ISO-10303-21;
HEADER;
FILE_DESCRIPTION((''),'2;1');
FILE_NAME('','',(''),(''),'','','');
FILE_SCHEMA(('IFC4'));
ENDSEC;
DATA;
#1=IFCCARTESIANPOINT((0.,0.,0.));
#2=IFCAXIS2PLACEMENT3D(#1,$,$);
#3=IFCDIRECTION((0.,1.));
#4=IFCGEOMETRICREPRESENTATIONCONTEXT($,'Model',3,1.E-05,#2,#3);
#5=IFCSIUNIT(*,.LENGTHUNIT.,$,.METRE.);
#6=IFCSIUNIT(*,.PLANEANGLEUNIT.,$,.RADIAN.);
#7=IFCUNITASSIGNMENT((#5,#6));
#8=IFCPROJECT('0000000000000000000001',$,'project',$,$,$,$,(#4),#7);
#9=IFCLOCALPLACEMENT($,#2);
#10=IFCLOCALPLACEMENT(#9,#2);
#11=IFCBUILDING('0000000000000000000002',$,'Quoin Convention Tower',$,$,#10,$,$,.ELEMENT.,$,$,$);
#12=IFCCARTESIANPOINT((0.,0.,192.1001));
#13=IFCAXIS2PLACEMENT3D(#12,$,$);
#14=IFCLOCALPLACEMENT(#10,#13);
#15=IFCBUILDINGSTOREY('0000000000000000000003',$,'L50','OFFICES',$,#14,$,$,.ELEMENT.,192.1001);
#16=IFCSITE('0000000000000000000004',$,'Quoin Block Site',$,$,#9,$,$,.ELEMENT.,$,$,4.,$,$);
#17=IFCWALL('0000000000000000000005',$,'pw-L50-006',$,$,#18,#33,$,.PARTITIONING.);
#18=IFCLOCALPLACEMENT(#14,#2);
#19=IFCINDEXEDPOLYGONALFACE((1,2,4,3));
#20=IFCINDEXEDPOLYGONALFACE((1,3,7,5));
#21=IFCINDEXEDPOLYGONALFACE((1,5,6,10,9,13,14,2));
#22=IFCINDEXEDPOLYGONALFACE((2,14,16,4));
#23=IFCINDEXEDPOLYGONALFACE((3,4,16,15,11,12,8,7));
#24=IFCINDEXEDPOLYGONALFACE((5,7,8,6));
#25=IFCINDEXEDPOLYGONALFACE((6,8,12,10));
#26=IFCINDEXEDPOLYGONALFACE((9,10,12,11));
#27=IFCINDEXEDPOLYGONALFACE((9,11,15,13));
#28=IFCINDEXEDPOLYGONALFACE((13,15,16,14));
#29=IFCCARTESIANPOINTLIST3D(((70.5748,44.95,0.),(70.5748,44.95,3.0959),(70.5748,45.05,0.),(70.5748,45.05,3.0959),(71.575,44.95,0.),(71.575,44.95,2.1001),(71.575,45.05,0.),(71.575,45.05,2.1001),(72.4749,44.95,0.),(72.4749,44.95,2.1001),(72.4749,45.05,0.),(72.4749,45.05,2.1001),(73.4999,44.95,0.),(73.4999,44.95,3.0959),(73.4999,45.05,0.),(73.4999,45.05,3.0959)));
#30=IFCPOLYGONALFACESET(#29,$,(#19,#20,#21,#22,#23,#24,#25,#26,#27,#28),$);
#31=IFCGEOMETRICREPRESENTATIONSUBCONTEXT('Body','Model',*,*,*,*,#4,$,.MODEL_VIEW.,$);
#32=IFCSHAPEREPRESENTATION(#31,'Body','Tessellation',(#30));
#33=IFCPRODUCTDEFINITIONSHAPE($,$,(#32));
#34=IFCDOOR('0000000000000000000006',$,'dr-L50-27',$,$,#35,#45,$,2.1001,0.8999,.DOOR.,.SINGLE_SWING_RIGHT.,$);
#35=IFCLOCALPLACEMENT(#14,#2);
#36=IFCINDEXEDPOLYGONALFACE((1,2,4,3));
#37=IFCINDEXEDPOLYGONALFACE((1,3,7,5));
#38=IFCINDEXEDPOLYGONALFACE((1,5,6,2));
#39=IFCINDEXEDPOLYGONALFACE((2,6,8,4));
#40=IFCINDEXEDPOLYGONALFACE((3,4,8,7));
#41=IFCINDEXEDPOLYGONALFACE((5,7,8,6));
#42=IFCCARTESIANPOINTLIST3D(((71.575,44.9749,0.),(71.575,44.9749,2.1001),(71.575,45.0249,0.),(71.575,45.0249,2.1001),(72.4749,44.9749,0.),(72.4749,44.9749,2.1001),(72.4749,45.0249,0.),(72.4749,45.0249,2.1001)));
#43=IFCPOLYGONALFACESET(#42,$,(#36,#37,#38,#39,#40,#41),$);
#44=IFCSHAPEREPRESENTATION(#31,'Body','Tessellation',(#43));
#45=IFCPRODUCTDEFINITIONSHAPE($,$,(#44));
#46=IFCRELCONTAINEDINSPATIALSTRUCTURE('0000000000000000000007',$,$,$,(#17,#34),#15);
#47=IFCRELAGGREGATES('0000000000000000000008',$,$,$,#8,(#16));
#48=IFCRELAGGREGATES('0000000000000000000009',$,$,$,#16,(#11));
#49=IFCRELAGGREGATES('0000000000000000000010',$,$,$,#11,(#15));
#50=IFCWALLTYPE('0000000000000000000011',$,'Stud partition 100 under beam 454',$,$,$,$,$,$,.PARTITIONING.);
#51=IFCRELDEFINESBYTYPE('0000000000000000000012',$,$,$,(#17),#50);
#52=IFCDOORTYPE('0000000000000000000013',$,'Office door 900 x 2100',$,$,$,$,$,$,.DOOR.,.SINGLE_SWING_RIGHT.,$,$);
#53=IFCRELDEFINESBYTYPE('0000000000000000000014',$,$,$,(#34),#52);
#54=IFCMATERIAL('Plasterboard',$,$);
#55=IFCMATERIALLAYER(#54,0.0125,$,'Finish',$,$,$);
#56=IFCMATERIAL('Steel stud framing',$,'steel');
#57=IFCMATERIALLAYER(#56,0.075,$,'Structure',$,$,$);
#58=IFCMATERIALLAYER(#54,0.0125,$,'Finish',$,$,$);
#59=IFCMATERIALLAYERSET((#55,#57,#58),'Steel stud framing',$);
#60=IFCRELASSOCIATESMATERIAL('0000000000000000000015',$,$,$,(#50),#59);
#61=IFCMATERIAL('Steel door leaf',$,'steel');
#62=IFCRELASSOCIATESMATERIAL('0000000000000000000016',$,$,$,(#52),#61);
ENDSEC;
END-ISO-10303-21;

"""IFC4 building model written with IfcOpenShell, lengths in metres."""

from ifc_helpers import new_model, si_unit, direction, frame, frame_2d, origin, place, context, subcontext, project, spatial, rectangle, extrude, material, layer, layer_set, type_object, element, fill, save


model = new_model("IFC4")

# Units and contexts
model_context = context("Model", 3, precision=1e-05, world=origin(), true_north=direction((0.0, 1.0)))
body_context = subcontext(model_context, "Body", "Model", "MODEL_VIEW")
ifc_project = project(units=[si_unit("LENGTHUNIT", "METRE"), si_unit("PLANEANGLEUNIT", "RADIAN")], contexts=[model_context])

# Site, building, storey
site_placement = place(None, origin())
site = spatial("IfcSite", under=ifc_project, at=site_placement, Name="Quoin Block Site", CompositionType="ELEMENT", RefElevation=4.0)
building_placement = place(site_placement, origin())
building = spatial("IfcBuilding", under=site, at=building_placement, Name="Quoin Convention Tower", CompositionType="ELEMENT")
storey_placement = place(building_placement, frame((0.0, 0.0, 192.1001)))
storey = spatial("IfcBuildingStorey", under=building, at=storey_placement, Name="L50", Description="OFFICES", CompositionType="ELEMENT", Elevation=192.1001)

# Shared definitions
ifc_material_1 = material(Name="Plasterboard")
ifc_material_2 = material(Name="Steel stud framing", Category="steel")

# Shared definitions
ifc_material_3 = material(Name="Steel door leaf", Category="steel")

# Wall, opening, door
ifc_layer_1 = layer(ifc_material_1, 0.0125, Name="Finish")
ifc_layer_2 = layer(ifc_material_2, 0.075, Name="Structure")
ifc_layer_3 = layer(ifc_material_1, 0.0125, Name="Finish")
ifc_layer_set_1 = layer_set([ifc_layer_1, ifc_layer_2, ifc_layer_3], Name="Steel stud framing")
wall_type_1 = type_object("IfcWallType", Name="Stud partition 100 under beam 454", PredefinedType="PARTITIONING", material=ifc_layer_set_1)
wall_1_placement = place(storey_placement, frame((70.575, 45.0, 0.0), z_axis=(0.0, 0.0, 1.0), x_axis=(1.0, 0.0, 0.0)))
wall_1 = element("IfcWall", 1, at=wall_1_placement, inside=storey, type_object=wall_type_1, Name="pw-L50-006", PredefinedType="PARTITIONING", context=body_context, shape_type="SweptSolid", body=[
    extrude(rectangle(XDim=2.925, YDim=0.1001, at=frame_2d((1.4624, 0.0))), origin(), (0.0, 0.0, 1.0), 3.0959),
])
opening_1_placement = place(wall_1_placement, frame((1.0, 0.0, 0.0)))
opening_1 = element("IfcOpeningElement", 2, at=opening_1_placement, cuts=wall_1, PredefinedType="OPENING", context=body_context, shape_type="SweptSolid", body=[
    extrude(rectangle(XDim=0.8999, YDim=2.1001, at=frame_2d((0.45, 1.05))), frame((0.0, 0.0601, 0.0), z_axis=(0.0, -1.0, 0.0), x_axis=(1.0, 0.0, 0.0)), (0.0, 0.0, 1.0), 0.1201),
])
door_type_1 = type_object("IfcDoorType", Name="Office door 900 x 2100", OperationType="SINGLE_SWING_RIGHT", PredefinedType="DOOR", material=ifc_material_3)
door_1_placement = place(opening_1_placement, origin())
door_1 = element("IfcDoor", 3, at=door_1_placement, inside=storey, type_object=door_type_1, Name="dr-L50-27", OperationType="SINGLE_SWING_RIGHT", OverallHeight=2.1001, OverallWidth=0.8999, PredefinedType="DOOR", context=body_context, shape_type="SweptSolid", body=[
    extrude(rectangle(XDim=0.8999, YDim=2.1001, at=frame_2d((0.45, 1.05))), frame((0.0, 0.0249, 0.0), z_axis=(0.0, -1.0, 0.0), x_axis=(1.0, 0.0, 0.0)), (0.0, 0.0, 1.0), 0.05),
])
fill(opening_1, door_1)

save(model, "model.ifc")
